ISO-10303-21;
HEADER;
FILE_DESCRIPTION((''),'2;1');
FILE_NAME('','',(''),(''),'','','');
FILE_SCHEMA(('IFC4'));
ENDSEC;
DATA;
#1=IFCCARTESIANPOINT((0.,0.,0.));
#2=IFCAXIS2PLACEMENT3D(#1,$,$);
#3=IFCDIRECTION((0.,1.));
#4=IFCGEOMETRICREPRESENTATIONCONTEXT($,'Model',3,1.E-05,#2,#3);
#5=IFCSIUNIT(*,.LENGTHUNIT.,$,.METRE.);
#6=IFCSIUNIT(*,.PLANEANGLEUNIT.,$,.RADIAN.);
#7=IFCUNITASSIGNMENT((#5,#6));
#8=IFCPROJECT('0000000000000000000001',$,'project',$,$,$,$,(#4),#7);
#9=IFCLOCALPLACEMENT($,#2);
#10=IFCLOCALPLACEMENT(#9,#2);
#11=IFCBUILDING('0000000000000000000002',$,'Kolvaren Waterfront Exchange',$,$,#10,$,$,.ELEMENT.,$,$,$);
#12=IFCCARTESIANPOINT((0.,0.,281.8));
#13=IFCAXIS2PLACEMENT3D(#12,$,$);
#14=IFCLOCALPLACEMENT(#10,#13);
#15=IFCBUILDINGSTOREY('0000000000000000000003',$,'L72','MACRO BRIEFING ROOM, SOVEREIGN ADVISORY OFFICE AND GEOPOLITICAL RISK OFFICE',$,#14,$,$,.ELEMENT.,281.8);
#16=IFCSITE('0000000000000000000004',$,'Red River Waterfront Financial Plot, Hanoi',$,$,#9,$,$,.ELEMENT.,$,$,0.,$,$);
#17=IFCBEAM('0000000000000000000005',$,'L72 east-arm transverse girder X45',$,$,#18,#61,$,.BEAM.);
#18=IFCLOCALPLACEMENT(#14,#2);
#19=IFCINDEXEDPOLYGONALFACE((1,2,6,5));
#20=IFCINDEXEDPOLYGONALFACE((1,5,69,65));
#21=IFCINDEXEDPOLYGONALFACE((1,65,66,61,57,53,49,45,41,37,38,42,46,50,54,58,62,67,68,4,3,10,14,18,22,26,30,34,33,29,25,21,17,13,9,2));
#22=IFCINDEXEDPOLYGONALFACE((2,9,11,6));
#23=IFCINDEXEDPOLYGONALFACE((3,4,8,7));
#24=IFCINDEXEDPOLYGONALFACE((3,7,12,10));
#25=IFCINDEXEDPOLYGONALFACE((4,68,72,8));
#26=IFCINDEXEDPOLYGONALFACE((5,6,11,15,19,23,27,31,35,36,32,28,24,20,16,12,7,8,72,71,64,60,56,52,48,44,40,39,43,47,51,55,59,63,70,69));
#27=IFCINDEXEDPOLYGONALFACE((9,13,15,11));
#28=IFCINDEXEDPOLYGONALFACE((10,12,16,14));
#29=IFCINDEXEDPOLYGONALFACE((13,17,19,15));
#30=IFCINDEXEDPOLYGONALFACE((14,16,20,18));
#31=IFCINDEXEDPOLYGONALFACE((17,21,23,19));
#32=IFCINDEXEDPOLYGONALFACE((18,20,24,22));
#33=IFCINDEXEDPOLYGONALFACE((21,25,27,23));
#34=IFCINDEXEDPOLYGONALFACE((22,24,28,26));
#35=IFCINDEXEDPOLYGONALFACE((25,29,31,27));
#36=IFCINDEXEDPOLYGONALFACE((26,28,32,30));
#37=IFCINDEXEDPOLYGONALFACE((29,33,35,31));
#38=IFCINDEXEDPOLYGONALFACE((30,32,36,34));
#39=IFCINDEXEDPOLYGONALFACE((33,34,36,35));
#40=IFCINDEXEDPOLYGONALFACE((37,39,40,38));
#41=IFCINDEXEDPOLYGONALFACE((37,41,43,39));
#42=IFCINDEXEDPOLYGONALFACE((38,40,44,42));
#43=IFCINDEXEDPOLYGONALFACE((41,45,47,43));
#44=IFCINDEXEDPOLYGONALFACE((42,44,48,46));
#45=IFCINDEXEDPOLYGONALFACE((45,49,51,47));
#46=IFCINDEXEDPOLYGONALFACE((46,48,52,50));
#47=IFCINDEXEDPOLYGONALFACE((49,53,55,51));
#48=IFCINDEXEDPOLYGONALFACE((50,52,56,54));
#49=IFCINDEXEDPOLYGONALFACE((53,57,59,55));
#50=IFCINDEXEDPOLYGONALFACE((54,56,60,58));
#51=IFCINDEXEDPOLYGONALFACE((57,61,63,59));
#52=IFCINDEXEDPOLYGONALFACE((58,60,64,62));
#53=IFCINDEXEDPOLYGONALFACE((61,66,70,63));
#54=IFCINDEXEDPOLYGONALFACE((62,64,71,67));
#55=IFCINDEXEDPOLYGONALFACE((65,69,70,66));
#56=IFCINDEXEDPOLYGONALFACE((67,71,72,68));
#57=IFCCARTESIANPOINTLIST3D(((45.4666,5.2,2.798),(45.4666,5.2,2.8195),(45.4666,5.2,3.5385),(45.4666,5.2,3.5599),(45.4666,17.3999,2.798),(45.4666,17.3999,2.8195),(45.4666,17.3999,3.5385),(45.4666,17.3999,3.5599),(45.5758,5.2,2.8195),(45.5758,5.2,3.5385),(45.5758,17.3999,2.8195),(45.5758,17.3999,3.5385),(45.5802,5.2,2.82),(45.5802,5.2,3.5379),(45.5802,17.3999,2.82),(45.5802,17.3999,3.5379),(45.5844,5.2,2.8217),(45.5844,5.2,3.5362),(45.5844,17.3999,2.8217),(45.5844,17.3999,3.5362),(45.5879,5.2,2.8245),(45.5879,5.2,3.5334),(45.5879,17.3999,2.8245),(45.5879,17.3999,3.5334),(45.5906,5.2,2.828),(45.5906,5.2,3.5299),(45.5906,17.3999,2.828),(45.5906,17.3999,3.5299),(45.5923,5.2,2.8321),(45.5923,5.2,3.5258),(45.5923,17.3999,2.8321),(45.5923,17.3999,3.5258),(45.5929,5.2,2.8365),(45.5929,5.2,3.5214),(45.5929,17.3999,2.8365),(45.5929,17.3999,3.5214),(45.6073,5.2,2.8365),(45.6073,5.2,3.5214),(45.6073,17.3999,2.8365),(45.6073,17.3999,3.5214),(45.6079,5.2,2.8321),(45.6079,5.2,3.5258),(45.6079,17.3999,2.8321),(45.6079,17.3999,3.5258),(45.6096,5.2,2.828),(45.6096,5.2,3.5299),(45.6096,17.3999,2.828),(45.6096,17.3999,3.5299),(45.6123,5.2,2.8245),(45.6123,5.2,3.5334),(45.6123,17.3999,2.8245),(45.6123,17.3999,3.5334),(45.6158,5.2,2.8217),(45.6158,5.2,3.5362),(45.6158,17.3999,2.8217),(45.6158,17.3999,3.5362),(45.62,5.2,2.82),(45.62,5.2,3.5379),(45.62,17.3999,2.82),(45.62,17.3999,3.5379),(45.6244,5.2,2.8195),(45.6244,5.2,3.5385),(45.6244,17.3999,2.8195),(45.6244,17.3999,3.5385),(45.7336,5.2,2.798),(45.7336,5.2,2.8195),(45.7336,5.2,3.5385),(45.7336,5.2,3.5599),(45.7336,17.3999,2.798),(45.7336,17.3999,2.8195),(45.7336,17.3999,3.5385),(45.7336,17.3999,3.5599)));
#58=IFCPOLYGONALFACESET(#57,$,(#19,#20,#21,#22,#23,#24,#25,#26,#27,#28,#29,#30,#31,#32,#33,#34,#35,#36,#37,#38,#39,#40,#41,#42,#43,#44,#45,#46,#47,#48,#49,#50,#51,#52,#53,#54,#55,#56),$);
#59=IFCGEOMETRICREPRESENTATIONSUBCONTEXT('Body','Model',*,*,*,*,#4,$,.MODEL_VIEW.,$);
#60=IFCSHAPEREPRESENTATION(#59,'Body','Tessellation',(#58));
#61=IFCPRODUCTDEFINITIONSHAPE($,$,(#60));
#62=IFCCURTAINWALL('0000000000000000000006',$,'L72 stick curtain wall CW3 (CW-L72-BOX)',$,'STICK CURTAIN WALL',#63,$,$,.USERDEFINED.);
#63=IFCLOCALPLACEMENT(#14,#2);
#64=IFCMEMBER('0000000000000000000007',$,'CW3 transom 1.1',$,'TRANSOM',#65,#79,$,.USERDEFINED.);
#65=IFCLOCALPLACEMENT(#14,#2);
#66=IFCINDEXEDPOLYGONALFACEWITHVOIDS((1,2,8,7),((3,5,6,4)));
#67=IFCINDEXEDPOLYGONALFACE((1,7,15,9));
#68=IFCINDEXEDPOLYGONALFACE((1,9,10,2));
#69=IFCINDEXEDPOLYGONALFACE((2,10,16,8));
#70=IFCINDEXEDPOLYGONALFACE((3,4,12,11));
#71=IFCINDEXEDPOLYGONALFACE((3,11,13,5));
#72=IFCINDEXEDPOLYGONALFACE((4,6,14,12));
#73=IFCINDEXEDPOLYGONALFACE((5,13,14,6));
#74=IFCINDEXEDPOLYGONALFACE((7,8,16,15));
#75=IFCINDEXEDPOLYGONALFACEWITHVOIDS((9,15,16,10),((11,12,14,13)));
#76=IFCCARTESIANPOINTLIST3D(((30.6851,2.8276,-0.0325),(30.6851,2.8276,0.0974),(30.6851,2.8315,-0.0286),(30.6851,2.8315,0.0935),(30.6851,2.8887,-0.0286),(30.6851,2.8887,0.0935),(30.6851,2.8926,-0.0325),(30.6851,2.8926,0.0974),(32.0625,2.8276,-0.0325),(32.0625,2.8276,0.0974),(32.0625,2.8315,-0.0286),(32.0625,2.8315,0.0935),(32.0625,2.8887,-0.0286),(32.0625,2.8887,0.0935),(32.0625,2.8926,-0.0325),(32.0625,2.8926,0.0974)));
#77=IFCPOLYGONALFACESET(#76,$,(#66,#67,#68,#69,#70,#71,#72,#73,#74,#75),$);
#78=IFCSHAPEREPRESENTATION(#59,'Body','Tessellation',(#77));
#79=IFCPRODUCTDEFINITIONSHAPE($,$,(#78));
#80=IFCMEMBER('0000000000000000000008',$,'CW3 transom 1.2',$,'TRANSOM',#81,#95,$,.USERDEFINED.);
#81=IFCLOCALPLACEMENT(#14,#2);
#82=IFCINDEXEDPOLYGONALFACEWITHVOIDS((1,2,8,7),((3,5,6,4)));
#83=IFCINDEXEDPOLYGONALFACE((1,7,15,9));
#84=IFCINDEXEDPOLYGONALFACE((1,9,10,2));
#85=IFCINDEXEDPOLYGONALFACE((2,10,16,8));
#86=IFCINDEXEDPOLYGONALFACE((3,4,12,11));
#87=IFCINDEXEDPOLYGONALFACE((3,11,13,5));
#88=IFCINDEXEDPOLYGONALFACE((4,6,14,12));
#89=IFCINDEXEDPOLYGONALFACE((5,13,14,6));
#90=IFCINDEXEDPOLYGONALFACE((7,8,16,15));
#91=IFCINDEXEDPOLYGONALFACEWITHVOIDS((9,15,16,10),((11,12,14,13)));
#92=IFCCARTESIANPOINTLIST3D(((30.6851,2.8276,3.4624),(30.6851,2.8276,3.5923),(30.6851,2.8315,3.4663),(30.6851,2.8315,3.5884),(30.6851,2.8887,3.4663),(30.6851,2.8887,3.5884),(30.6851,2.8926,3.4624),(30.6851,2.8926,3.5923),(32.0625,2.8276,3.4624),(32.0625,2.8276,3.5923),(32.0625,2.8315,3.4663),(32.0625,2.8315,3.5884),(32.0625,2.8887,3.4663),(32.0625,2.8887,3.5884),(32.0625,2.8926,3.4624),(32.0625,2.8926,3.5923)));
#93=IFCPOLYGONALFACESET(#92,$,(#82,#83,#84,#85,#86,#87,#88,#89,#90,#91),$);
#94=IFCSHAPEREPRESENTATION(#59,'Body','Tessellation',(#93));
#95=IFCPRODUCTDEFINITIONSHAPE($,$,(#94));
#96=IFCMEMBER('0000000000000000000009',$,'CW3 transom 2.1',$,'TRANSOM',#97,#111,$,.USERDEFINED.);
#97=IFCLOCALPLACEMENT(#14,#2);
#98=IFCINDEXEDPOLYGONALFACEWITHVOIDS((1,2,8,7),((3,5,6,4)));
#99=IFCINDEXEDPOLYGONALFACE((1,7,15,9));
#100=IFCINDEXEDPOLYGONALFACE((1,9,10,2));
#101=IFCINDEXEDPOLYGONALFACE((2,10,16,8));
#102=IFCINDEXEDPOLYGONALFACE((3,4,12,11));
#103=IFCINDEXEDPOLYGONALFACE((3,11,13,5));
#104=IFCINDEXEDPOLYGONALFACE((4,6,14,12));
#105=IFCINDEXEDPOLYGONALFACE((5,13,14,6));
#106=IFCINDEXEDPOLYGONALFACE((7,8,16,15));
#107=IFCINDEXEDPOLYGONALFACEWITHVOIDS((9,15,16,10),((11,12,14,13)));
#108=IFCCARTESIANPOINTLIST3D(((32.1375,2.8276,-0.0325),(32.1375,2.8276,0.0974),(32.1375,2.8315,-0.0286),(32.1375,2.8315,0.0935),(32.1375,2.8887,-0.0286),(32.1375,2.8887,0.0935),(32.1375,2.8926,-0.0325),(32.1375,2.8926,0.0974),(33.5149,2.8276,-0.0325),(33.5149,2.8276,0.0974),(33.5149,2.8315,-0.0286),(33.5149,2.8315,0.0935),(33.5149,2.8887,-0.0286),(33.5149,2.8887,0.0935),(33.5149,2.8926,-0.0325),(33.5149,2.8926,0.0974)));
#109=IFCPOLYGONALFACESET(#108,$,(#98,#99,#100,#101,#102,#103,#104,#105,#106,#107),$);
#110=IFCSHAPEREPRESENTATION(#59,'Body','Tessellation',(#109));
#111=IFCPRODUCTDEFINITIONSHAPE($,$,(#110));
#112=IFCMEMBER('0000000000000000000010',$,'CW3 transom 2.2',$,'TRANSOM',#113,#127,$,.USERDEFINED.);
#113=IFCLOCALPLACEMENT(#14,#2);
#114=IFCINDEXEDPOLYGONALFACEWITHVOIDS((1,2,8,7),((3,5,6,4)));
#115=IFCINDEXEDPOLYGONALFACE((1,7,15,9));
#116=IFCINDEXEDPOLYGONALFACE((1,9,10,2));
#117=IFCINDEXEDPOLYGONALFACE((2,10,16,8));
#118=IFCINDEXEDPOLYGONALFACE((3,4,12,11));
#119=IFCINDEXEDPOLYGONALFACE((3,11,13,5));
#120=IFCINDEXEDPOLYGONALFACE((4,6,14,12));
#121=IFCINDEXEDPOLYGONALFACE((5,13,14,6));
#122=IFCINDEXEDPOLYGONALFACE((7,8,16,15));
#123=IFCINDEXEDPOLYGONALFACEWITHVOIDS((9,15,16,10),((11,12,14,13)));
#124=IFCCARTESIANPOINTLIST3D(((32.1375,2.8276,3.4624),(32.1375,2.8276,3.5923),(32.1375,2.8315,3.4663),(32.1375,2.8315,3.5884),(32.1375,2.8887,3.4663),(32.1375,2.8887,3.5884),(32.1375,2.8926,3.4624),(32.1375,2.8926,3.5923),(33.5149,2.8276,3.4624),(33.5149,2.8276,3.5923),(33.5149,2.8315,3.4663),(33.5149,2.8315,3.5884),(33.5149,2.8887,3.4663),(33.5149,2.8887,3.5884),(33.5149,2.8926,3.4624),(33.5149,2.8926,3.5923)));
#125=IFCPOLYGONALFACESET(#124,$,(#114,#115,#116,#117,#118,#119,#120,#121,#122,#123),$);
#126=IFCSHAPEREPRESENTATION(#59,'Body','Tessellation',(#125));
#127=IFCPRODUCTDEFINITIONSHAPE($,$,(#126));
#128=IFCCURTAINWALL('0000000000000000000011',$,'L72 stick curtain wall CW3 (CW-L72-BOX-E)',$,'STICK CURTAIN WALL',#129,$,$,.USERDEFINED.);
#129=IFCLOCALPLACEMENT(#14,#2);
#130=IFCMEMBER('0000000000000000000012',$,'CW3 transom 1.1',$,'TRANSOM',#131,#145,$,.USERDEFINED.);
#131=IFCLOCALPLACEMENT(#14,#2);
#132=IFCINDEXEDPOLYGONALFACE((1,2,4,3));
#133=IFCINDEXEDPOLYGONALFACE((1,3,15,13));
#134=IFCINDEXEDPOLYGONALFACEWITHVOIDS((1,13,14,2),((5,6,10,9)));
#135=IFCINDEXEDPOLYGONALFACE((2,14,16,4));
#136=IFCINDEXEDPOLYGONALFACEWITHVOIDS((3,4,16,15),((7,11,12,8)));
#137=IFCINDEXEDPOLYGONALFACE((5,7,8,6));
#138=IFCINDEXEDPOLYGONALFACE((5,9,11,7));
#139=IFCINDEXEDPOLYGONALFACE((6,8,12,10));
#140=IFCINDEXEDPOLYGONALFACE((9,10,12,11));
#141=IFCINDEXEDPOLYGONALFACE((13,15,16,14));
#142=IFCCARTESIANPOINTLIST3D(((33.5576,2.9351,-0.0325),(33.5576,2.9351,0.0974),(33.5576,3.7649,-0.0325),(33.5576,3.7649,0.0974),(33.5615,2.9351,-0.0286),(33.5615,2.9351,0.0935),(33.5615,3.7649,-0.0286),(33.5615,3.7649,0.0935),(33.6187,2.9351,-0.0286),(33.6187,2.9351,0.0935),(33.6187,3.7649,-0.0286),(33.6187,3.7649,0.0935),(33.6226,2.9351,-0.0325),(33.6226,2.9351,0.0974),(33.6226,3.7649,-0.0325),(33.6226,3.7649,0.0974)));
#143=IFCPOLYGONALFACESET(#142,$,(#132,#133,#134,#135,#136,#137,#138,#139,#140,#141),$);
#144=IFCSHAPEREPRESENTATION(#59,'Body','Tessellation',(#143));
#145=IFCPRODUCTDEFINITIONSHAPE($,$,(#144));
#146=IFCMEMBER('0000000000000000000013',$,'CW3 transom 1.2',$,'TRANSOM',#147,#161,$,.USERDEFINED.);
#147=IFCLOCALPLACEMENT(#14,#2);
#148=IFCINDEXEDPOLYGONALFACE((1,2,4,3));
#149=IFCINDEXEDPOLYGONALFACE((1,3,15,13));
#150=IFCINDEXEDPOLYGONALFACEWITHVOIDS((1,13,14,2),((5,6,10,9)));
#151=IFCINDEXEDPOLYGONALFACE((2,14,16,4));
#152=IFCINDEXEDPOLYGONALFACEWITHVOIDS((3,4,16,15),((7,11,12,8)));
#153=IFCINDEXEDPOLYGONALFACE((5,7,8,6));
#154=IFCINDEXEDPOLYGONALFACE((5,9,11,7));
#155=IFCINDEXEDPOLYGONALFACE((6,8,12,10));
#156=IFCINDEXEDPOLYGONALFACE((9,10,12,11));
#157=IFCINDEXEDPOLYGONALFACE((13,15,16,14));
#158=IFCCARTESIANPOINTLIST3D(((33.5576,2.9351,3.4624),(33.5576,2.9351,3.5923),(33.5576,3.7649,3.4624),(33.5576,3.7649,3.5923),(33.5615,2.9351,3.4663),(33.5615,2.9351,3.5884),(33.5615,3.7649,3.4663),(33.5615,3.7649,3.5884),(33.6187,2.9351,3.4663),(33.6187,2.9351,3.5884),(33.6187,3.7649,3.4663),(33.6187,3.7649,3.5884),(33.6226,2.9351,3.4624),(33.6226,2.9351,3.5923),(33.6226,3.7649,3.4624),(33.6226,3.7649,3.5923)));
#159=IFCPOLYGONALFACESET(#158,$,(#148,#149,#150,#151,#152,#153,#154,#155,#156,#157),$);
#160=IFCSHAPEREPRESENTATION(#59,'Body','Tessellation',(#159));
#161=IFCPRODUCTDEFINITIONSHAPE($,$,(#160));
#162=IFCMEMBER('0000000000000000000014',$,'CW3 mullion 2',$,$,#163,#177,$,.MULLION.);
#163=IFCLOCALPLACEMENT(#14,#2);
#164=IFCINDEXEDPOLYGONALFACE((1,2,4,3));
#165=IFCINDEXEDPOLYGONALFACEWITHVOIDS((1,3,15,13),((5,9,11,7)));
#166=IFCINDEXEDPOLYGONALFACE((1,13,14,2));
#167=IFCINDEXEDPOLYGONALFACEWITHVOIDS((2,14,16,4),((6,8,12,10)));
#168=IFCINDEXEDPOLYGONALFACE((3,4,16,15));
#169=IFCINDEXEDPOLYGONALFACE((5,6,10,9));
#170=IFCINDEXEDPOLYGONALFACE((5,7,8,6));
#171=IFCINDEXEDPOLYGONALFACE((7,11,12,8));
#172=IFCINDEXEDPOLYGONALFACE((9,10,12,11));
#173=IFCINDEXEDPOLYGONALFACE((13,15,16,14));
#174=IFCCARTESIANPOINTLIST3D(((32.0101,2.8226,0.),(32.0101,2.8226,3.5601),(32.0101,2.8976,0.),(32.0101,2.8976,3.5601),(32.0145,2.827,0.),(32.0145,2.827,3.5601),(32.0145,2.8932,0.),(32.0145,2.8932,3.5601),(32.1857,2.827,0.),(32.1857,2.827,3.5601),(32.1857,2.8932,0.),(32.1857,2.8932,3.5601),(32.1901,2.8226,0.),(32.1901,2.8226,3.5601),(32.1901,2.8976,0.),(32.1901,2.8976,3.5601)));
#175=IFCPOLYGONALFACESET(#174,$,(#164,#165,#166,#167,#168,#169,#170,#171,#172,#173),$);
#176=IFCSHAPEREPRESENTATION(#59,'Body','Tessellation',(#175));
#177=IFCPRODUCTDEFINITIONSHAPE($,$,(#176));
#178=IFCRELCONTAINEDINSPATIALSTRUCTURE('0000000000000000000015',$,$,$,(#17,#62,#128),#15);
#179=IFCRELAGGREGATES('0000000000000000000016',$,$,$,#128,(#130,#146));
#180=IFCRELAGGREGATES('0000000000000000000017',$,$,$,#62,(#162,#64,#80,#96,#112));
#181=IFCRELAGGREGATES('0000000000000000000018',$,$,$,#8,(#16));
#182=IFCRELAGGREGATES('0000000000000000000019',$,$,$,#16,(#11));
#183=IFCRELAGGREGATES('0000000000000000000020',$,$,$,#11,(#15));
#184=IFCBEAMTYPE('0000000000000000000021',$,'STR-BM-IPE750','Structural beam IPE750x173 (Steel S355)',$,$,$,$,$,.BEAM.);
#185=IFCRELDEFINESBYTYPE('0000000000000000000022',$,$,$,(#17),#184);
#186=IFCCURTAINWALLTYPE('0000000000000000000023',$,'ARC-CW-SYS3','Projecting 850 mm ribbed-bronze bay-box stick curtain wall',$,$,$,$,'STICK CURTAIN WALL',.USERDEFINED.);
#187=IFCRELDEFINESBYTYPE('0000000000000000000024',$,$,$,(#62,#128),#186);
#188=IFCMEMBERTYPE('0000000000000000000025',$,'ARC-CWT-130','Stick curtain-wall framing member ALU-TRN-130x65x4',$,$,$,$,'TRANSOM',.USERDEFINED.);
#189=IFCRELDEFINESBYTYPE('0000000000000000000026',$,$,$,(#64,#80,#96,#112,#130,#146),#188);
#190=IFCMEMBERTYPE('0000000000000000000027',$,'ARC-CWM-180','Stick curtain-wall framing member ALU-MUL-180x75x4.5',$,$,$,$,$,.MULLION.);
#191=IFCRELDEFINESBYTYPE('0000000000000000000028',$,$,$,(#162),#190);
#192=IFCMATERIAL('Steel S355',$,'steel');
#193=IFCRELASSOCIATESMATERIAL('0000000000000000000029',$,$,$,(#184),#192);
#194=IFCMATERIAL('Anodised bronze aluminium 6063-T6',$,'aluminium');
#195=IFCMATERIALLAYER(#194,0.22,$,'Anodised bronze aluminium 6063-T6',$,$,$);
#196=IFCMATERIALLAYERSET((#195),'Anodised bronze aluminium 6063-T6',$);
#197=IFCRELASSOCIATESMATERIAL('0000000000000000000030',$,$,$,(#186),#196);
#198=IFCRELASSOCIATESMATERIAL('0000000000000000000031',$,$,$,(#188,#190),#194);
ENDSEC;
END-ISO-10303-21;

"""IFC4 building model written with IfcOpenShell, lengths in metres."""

from ifc_helpers import new_model, si_unit, direction, frame, origin, origin_with_axes, origin_2d, place, context, subcontext, project, spatial, hollow_rectangle, i_section, extrude, source, transform, mapped, material, layer, layer_set, material_profile, profile_set, type_object, element, aggregate, save


model = new_model("IFC4")

# Units and contexts
model_context = context("Model", 3, precision=1e-05, world=origin(), true_north=direction((0.0, 1.0)))
body_context = subcontext(model_context, "Body", "Model", "MODEL_VIEW")
ifc_project = project(units=[si_unit("LENGTHUNIT", "METRE"), si_unit("PLANEANGLEUNIT", "RADIAN")], contexts=[model_context])

# Site, building, storey
site_placement = place(None, origin())
site = spatial("IfcSite", under=ifc_project, at=site_placement, Name="Red River Waterfront Financial Plot, Hanoi", CompositionType="ELEMENT", RefElevation=0.0)
building_placement = place(site_placement, origin())
building = spatial("IfcBuilding", under=site, at=building_placement, Name="Kolvaren Waterfront Exchange", CompositionType="ELEMENT")
storey_placement = place(building_placement, frame((0.0, 0.0, 281.8)))
storey = spatial("IfcBuildingStorey", under=building, at=storey_placement, Name="L72", Description="MACRO BRIEFING ROOM, SOVEREIGN ADVISORY OFFICE AND GEOPOLITICAL RISK OFFICE", CompositionType="ELEMENT", Elevation=281.8)

# Beam
ifc_material_1 = material(Name="Steel S355", Category="steel")
ifc_material_profile_1 = material_profile(ifc_material_1, i_section(OverallWidth=0.2671, OverallDepth=0.762, WebThickness=0.0144, FlangeThickness=0.0215, FilletRadius=0.0171, at=origin_2d()), Name="IPE750x173")
ifc_profile_set_1 = profile_set([ifc_material_profile_1], Name="Steel S355")
beam_type_1 = type_object("IfcBeamType", Name="STR-BM-IPE750", Description="Structural beam IPE750x173 (Steel S355)", PredefinedType="BEAM", material=ifc_profile_set_1)
for number, where, z_axis, x_axis, name in (
    (1, (45.6001, 5.2, 3.179), (0.0, 1.0, 0.0), (-1.0, 0.0, 0.0), "L72 east-arm transverse girder X45"),
):
    element("IfcBeam", number, at=place(storey_placement, frame(where, z_axis=z_axis, x_axis=x_axis)), inside=storey, type_object=beam_type_1, Name=name, PredefinedType="BEAM", context=body_context, shape_type="SweptSolid", body=[
        extrude(i_section(OverallWidth=0.2671, OverallDepth=0.762, WebThickness=0.0144, FlangeThickness=0.0215, FilletRadius=0.0171, at=origin_2d()), origin(), (0.0, 0.0, 1.0), 12.2),
    ])

# Curtain walls, members
ifc_material_2 = material(Name="Anodised bronze aluminium 6063-T6", Category="aluminium")
ifc_layer_1 = layer(ifc_material_2, 0.22, Name="Anodised bronze aluminium 6063-T6")
ifc_layer_set_1 = layer_set([ifc_layer_1], Name="Anodised bronze aluminium 6063-T6")
curtain_wall_type_1 = type_object("IfcCurtainWallType", Name="ARC-CW-SYS3", Description="Projecting 850 mm ribbed-bronze bay-box stick curtain wall", ElementType="STICK CURTAIN WALL", PredefinedType="USERDEFINED", material=ifc_layer_set_1)
curtain_wall_1_placement = place(storey_placement, origin())
curtain_wall_1 = element("IfcCurtainWall", 2, at=curtain_wall_1_placement, inside=storey, type_object=curtain_wall_type_1, Name="L72 stick curtain wall CW3 (CW-L72-BOX)", ObjectType="STICK CURTAIN WALL", PredefinedType="USERDEFINED")
ifc_material_profile_2 = material_profile(ifc_material_2, hollow_rectangle(XDim=0.0649, YDim=0.1299, WallThickness=0.0039, at=origin_2d()), Name="ALU-TRN-130x65x4")
ifc_profile_set_2 = profile_set([ifc_material_profile_2], Name="Anodised bronze aluminium 6063-T6")
member_type_1 = type_object("IfcMemberType", Name="ARC-CWT-130", Description="Stick curtain-wall framing member ALU-TRN-130x65x4", ElementType="TRANSOM", PredefinedType="USERDEFINED", material=ifc_profile_set_2)
shared_shape_1 = source(origin_with_axes(), body_context, "Body", "SweptSolid", [
    extrude(hollow_rectangle(XDim=0.0649, YDim=0.1299, WallThickness=0.0039, at=origin_2d()), origin(), (0.0, 0.0, 1.0), 1.3774),
])
member_1_placement = place(storey_placement, frame((30.6851, 2.8601, 0.0325), z_axis=(1.0, 0.0, 0.0), x_axis=(0.0, 1.0, 0.0)))
member_1 = element("IfcMember", 3, at=member_1_placement, type_object=member_type_1, Name="CW3 transom 1.1", ObjectType="TRANSOM", PredefinedType="USERDEFINED", context=body_context, shape_type="MappedRepresentation", body=[
    mapped(shared_shape_1, transform((0.0, 0.0, 0.0), x_axis=(1.0, 0.0, 0.0), y_axis=(0.0, 1.0, 0.0), z_axis=(0.0, 0.0, 1.0), scale=1.0)),
])
member_2_placement = place(storey_placement, frame((30.6851, 2.8601, 3.5273), z_axis=(1.0, 0.0, 0.0), x_axis=(0.0, 1.0, 0.0)))
member_2 = element("IfcMember", 4, at=member_2_placement, type_object=member_type_1, Name="CW3 transom 1.2", ObjectType="TRANSOM", PredefinedType="USERDEFINED", context=body_context, shape_type="MappedRepresentation", body=[
    mapped(shared_shape_1, transform((0.0, 0.0, 0.0), x_axis=(1.0, 0.0, 0.0), y_axis=(0.0, 1.0, 0.0), z_axis=(0.0, 0.0, 1.0), scale=1.0)),
])
member_3_placement = place(storey_placement, frame((32.1375, 2.8601, 0.0325), z_axis=(1.0, 0.0, 0.0), x_axis=(0.0, 1.0, 0.0)))
member_3 = element("IfcMember", 5, at=member_3_placement, type_object=member_type_1, Name="CW3 transom 2.1", ObjectType="TRANSOM", PredefinedType="USERDEFINED", context=body_context, shape_type="MappedRepresentation", body=[
    mapped(shared_shape_1, transform((0.0, 0.0, 0.0), x_axis=(1.0, 0.0, 0.0), y_axis=(0.0, 1.0, 0.0), z_axis=(0.0, 0.0, 1.0), scale=1.0)),
])
member_4_placement = place(storey_placement, frame((32.1375, 2.8601, 3.5273), z_axis=(1.0, 0.0, 0.0), x_axis=(0.0, 1.0, 0.0)))
member_4 = element("IfcMember", 6, at=member_4_placement, type_object=member_type_1, Name="CW3 transom 2.2", ObjectType="TRANSOM", PredefinedType="USERDEFINED", context=body_context, shape_type="MappedRepresentation", body=[
    mapped(shared_shape_1, transform((0.0, 0.0, 0.0), x_axis=(1.0, 0.0, 0.0), y_axis=(0.0, 1.0, 0.0), z_axis=(0.0, 0.0, 1.0), scale=1.0)),
])
curtain_wall_2_placement = place(storey_placement, origin())
curtain_wall_2 = element("IfcCurtainWall", 7, at=curtain_wall_2_placement, inside=storey, type_object=curtain_wall_type_1, Name="L72 stick curtain wall CW3 (CW-L72-BOX-E)", ObjectType="STICK CURTAIN WALL", PredefinedType="USERDEFINED")
shared_shape_2 = source(origin_with_axes(), body_context, "Body", "SweptSolid", [
    extrude(hollow_rectangle(XDim=0.0649, YDim=0.1299, WallThickness=0.0039, at=origin_2d()), origin(), (0.0, 0.0, 1.0), 0.8298),
])
member_5_placement = place(storey_placement, frame((33.5901, 2.9351, 0.0325), z_axis=(0.0, 1.0, 0.0), x_axis=(-1.0, 0.0, 0.0)))
member_5 = element("IfcMember", 8, at=member_5_placement, type_object=member_type_1, Name="CW3 transom 1.1", ObjectType="TRANSOM", PredefinedType="USERDEFINED", context=body_context, shape_type="MappedRepresentation", body=[
    mapped(shared_shape_2, transform((0.0, 0.0, 0.0), x_axis=(1.0, 0.0, 0.0), y_axis=(0.0, 1.0, 0.0), z_axis=(0.0, 0.0, 1.0), scale=1.0)),
])
member_6_placement = place(storey_placement, frame((33.5901, 2.9351, 3.5273), z_axis=(0.0, 1.0, 0.0), x_axis=(-1.0, 0.0, 0.0)))
member_6 = element("IfcMember", 9, at=member_6_placement, type_object=member_type_1, Name="CW3 transom 1.2", ObjectType="TRANSOM", PredefinedType="USERDEFINED", context=body_context, shape_type="MappedRepresentation", body=[
    mapped(shared_shape_2, transform((0.0, 0.0, 0.0), x_axis=(1.0, 0.0, 0.0), y_axis=(0.0, 1.0, 0.0), z_axis=(0.0, 0.0, 1.0), scale=1.0)),
])

# Member
ifc_material_profile_3 = material_profile(ifc_material_2, hollow_rectangle(XDim=0.075, YDim=0.1799, WallThickness=0.0044, at=origin_2d()), Name="ALU-MUL-180x75x4.5")
ifc_profile_set_3 = profile_set([ifc_material_profile_3], Name="Anodised bronze aluminium 6063-T6")
member_type_2 = type_object("IfcMemberType", Name="ARC-CWM-180", Description="Stick curtain-wall framing member ALU-MUL-180x75x4.5", PredefinedType="MULLION", material=ifc_profile_set_3)
shared_shape_3 = source(origin_with_axes(), body_context, "Body", "SweptSolid", [
    extrude(hollow_rectangle(XDim=0.075, YDim=0.1799, WallThickness=0.0044, at=origin_2d()), origin(), (0.0, 0.0, 1.0), 3.5601),
])
member_7_placement = place(storey_placement, frame((32.1001, 2.8601, 0.0), z_axis=(0.0, 0.0, 1.0), x_axis=(0.0, 1.0, 0.0)))
member_7 = element("IfcMember", 10, at=member_7_placement, type_object=member_type_2, Name="CW3 mullion 2", PredefinedType="MULLION", context=body_context, shape_type="MappedRepresentation", body=[
    mapped(shared_shape_3, transform((0.0, 0.0, 0.0), x_axis=(1.0, 0.0, 0.0), y_axis=(0.0, 1.0, 0.0), z_axis=(0.0, 0.0, 1.0), scale=1.0)),
])

aggregate(curtain_wall_2, [member_5, member_6])
aggregate(curtain_wall_1, [member_7, member_1, member_2, member_3, member_4])

save(model, "model.ifc")
